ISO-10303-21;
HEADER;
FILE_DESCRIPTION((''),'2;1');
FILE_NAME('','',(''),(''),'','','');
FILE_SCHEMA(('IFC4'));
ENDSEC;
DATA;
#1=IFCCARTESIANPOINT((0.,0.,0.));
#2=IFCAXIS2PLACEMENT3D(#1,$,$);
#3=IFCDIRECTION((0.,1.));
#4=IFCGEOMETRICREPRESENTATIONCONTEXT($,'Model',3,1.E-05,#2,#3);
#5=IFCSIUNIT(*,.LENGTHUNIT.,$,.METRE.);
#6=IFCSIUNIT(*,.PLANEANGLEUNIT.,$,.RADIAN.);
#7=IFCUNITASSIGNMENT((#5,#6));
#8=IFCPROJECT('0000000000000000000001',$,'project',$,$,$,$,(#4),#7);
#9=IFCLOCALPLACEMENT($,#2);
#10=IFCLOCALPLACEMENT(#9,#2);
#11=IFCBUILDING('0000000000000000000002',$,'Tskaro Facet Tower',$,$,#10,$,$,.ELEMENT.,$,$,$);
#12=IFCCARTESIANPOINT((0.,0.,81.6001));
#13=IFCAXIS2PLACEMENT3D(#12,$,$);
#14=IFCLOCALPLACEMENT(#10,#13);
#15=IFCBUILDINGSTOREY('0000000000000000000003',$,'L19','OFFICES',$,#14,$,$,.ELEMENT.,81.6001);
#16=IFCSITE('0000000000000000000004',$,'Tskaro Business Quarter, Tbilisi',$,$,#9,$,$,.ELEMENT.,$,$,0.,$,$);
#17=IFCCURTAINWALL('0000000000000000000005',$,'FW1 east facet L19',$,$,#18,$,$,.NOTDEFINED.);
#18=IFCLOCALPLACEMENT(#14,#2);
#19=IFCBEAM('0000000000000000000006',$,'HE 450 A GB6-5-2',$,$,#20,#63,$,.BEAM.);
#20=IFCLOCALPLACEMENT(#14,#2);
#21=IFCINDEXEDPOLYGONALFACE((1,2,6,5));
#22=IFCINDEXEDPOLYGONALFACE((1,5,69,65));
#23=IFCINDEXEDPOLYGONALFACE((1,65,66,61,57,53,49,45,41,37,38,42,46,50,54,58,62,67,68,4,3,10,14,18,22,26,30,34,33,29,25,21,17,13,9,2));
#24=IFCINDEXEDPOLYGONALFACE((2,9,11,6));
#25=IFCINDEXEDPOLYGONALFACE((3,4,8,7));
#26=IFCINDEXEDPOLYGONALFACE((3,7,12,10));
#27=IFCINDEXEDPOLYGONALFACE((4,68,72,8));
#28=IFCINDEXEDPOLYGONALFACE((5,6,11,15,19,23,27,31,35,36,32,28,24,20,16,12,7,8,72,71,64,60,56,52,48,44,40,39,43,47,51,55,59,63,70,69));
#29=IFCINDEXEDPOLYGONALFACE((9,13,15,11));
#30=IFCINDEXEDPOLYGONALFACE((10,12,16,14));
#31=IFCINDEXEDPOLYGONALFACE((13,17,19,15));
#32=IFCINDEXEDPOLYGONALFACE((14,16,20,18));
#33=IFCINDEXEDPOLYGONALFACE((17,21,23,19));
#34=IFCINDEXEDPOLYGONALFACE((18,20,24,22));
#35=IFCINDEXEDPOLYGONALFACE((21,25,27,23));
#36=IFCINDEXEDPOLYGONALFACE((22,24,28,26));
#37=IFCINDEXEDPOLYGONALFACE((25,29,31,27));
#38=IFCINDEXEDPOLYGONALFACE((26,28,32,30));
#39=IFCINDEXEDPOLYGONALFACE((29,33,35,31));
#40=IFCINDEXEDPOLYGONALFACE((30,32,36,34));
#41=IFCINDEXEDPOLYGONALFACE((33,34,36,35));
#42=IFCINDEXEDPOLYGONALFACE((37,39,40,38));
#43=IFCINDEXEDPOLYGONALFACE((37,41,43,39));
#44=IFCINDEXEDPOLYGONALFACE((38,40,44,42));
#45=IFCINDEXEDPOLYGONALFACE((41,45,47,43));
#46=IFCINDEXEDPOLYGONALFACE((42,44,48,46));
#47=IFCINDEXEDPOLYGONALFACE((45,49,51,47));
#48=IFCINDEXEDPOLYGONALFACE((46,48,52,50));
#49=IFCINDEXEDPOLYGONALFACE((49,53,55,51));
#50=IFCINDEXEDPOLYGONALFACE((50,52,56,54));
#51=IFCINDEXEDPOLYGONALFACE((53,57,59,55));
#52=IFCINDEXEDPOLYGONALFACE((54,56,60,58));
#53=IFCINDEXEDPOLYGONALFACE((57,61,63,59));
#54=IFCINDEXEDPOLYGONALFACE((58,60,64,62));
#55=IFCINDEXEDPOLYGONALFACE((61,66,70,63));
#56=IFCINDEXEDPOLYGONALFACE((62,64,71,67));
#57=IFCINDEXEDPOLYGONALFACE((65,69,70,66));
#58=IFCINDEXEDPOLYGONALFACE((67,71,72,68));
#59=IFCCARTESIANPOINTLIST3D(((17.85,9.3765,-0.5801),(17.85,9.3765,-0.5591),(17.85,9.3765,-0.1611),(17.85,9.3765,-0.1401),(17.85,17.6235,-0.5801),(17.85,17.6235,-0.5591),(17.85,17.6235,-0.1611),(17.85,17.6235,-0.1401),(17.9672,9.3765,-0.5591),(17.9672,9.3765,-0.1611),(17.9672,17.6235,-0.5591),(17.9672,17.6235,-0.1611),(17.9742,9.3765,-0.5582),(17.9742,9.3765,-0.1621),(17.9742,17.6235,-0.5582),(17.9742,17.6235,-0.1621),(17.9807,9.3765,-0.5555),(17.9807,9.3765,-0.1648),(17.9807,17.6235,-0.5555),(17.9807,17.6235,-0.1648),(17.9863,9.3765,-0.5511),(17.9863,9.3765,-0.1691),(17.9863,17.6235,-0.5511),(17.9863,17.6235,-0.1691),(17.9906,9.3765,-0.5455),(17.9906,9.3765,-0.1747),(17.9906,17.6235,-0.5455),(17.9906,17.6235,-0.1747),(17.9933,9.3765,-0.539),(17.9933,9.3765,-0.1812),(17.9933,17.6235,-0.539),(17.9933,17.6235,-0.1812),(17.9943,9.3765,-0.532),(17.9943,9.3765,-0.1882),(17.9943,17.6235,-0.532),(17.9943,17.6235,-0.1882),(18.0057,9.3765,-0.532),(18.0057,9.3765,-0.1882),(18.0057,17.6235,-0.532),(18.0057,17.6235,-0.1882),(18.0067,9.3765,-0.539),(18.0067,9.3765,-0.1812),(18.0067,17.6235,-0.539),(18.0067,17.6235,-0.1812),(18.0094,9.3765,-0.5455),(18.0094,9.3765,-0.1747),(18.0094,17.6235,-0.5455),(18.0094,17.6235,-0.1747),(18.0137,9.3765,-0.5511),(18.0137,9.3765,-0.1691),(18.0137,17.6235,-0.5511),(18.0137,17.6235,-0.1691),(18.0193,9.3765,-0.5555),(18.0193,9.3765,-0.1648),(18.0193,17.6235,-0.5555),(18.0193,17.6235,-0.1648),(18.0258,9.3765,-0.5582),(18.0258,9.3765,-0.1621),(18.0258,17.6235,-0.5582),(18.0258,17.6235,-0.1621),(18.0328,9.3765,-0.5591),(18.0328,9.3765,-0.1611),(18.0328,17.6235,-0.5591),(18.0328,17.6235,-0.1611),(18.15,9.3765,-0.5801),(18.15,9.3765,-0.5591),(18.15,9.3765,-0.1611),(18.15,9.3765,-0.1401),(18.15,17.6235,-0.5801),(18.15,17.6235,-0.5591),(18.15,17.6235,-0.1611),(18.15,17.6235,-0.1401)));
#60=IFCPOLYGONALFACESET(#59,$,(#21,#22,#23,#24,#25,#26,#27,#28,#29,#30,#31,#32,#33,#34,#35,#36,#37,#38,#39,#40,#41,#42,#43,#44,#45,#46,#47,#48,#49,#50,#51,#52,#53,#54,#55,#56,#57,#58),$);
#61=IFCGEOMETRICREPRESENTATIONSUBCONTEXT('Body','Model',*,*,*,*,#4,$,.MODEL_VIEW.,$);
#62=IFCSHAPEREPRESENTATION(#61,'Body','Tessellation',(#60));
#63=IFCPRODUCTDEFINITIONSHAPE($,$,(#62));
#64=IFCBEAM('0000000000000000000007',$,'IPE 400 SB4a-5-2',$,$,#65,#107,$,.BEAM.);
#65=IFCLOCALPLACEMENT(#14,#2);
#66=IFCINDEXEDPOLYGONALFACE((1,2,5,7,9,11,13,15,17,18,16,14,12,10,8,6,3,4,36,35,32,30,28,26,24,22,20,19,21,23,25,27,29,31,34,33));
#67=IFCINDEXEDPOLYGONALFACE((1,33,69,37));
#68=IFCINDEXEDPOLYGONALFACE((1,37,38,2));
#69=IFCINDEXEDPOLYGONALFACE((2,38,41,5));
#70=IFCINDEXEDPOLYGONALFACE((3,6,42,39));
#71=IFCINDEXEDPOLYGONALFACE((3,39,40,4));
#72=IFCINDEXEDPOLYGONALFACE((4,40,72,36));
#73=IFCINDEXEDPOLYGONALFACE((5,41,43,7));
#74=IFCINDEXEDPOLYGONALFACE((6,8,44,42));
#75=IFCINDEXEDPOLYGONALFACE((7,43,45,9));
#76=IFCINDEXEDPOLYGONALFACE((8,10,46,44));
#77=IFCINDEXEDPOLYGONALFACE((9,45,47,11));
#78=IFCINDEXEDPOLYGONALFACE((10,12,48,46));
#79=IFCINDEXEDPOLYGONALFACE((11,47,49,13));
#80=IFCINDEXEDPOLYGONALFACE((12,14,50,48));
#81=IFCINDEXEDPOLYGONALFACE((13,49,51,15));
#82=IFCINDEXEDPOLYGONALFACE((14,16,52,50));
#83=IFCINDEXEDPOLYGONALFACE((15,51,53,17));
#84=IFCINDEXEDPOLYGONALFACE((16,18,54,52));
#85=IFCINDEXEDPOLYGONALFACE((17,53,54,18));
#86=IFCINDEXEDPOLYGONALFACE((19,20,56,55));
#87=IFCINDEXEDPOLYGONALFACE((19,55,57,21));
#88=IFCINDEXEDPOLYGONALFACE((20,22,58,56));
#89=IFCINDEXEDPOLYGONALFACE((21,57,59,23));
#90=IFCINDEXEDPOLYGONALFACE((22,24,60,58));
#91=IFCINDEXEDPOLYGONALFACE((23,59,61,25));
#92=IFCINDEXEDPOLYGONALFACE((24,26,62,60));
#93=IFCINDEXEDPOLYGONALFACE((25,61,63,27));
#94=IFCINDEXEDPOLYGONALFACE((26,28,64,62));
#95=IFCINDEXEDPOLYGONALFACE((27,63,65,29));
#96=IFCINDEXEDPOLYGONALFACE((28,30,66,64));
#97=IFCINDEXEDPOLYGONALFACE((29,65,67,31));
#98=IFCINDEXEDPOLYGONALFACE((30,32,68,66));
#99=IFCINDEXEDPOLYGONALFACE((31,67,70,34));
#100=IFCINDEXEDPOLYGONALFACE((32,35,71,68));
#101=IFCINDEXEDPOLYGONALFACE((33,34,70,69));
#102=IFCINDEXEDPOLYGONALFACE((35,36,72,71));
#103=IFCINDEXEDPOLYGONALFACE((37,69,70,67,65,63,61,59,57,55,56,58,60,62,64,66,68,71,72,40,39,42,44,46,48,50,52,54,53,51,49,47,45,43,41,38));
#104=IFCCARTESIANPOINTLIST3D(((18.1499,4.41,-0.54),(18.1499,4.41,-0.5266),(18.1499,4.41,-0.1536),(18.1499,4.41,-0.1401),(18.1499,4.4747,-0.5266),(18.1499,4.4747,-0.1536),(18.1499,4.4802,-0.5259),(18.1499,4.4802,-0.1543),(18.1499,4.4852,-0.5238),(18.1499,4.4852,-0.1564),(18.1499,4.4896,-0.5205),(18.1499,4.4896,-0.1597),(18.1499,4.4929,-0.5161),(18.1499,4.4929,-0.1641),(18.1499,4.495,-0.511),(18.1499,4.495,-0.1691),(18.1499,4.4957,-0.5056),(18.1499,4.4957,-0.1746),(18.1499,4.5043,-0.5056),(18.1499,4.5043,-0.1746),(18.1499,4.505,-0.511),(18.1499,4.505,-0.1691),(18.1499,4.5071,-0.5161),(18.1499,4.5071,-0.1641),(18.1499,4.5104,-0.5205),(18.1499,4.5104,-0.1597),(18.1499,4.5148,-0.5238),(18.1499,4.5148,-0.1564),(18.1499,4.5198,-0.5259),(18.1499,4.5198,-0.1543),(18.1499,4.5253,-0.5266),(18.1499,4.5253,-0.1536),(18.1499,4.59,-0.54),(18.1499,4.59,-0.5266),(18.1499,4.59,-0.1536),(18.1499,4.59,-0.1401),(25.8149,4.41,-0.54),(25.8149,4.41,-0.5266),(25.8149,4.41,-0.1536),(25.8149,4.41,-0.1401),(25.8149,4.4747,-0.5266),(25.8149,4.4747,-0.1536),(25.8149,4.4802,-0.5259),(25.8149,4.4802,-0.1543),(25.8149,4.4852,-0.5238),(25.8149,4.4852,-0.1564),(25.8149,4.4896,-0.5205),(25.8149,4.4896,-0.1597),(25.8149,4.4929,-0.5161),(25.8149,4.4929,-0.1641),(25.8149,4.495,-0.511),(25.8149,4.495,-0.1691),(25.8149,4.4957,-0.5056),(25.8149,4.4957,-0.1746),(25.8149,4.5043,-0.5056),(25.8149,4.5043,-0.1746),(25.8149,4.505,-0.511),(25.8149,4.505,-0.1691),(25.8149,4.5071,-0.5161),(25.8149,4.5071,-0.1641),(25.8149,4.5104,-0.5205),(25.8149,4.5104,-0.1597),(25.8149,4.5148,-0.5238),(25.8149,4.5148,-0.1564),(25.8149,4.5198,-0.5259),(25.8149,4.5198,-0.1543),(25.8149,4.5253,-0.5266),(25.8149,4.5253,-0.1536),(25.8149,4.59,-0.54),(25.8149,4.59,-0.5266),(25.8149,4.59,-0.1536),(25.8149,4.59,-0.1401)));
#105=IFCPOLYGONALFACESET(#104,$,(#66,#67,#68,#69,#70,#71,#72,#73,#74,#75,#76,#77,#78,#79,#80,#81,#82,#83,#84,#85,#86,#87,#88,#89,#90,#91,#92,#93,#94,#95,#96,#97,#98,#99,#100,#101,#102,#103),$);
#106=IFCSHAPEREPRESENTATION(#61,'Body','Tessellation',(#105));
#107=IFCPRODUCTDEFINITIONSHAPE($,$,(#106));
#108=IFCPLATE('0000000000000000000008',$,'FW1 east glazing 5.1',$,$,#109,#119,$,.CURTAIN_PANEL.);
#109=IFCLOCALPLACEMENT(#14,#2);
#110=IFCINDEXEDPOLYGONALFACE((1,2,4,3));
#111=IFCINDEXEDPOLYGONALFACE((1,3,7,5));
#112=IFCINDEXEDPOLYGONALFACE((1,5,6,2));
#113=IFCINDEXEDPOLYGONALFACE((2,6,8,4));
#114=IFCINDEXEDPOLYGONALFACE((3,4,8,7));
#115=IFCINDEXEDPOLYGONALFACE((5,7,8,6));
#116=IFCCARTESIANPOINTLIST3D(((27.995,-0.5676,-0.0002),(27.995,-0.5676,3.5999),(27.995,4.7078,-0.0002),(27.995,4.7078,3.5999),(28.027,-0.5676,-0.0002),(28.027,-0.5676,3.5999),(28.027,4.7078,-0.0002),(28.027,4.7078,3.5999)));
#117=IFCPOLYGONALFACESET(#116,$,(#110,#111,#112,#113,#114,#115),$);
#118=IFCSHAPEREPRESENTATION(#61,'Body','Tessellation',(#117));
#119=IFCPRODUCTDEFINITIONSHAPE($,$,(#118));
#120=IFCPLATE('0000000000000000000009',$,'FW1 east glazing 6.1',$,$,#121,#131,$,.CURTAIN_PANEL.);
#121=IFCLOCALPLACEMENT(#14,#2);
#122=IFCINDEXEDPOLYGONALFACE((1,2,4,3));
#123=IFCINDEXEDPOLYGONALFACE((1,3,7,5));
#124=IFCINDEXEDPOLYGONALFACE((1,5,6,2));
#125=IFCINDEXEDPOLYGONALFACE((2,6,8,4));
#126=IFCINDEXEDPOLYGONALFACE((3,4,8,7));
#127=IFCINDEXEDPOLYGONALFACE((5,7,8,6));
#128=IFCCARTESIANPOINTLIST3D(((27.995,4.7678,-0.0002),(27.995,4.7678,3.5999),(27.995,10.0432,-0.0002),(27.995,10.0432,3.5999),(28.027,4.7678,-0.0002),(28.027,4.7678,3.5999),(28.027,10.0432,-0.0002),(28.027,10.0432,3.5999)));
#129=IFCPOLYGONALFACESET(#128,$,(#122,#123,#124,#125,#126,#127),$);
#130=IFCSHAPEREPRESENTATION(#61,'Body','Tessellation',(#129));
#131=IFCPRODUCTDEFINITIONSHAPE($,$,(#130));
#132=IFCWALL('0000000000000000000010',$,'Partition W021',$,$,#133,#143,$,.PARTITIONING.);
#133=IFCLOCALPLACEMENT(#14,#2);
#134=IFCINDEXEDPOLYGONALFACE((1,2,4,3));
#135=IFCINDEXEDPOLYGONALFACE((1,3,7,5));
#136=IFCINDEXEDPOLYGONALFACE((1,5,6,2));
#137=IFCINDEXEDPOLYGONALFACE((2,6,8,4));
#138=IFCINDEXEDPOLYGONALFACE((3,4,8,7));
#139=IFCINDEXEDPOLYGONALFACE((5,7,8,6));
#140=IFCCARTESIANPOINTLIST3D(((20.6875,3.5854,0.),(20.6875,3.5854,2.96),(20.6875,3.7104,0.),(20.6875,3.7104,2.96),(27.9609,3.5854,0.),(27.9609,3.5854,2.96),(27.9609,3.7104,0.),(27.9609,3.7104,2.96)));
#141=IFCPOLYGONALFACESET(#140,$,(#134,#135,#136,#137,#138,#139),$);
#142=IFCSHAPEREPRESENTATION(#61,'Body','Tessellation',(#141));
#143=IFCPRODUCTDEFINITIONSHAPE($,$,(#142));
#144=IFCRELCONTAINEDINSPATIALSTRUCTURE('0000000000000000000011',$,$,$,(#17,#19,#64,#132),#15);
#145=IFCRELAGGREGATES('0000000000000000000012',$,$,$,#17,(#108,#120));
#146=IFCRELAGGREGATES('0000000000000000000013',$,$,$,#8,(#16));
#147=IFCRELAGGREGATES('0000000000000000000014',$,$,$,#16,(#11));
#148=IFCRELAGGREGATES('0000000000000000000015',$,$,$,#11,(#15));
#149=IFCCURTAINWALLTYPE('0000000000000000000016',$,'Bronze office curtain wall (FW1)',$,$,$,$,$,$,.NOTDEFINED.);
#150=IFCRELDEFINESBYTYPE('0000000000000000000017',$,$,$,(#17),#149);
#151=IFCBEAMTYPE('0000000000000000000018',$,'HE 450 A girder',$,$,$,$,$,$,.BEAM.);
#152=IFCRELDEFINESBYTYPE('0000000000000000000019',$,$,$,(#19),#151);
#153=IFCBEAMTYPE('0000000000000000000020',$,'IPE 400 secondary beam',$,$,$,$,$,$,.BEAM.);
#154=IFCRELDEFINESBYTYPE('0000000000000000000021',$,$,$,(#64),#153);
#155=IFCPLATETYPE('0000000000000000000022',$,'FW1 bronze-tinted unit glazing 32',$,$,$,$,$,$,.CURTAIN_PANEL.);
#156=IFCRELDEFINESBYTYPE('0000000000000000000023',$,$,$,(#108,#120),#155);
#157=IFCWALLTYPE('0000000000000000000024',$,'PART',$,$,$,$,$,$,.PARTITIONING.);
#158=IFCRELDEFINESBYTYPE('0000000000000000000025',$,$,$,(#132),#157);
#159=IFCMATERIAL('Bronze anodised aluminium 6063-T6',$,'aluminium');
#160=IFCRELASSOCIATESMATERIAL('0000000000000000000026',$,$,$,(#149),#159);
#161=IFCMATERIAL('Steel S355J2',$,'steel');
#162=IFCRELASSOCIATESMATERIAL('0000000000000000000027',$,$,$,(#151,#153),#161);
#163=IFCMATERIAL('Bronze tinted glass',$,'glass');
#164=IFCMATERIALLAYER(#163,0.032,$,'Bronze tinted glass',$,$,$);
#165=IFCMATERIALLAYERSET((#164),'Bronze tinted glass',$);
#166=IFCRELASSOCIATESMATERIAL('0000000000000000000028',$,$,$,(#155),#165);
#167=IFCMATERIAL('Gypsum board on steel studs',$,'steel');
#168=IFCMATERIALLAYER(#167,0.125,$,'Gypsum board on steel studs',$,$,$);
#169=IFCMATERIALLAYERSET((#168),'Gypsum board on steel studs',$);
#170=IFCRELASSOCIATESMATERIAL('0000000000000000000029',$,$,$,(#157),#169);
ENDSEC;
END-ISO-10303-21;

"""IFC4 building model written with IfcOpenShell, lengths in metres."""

from ifc_helpers import new_model, si_unit, direction, frame, frame_2d, origin, origin_2d, place, context, subcontext, project, spatial, rectangle, i_section, extrude, material, layer, layer_set, material_profile, profile_set, type_object, element, aggregate, save


model = new_model("IFC4")

# Units and contexts
model_context = context("Model", 3, precision=1e-05, world=origin(), true_north=direction((0.0, 1.0)))
body_context = subcontext(model_context, "Body", "Model", "MODEL_VIEW")
ifc_project = project(units=[si_unit("LENGTHUNIT", "METRE"), si_unit("PLANEANGLEUNIT", "RADIAN")], contexts=[model_context])

# Site, building, storey
site_placement = place(None, origin())
site = spatial("IfcSite", under=ifc_project, at=site_placement, Name="Tskaro Business Quarter, Tbilisi", CompositionType="ELEMENT", RefElevation=0.0)
building_placement = place(site_placement, origin())
building = spatial("IfcBuilding", under=site, at=building_placement, Name="Tskaro Facet Tower", CompositionType="ELEMENT")
storey_placement = place(building_placement, frame((0.0, 0.0, 81.6001)))
storey = spatial("IfcBuildingStorey", under=building, at=storey_placement, Name="L19", Description="OFFICES", CompositionType="ELEMENT", Elevation=81.6001)

# Curtain wall
ifc_material_1 = material(Name="Bronze anodised aluminium 6063-T6", Category="aluminium")
curtain_wall_type = type_object("IfcCurtainWallType", Name="Bronze office curtain wall (FW1)", PredefinedType="NOTDEFINED", material=ifc_material_1)
curtain_wall_placement = place(storey_placement, origin())
curtain_wall = element("IfcCurtainWall", 1, at=curtain_wall_placement, inside=storey, type_object=curtain_wall_type, Name="FW1 east facet L19", PredefinedType="NOTDEFINED")

# Beams
ifc_material_2 = material(Name="Steel S355J2", Category="steel")
ifc_material_profile_1 = material_profile(ifc_material_2, i_section(OverallWidth=0.3, OverallDepth=0.4399, WebThickness=0.0115, FlangeThickness=0.021, FilletRadius=0.0271, at=origin_2d()), Name="HE 450 A")
ifc_profile_set_1 = profile_set([ifc_material_profile_1], Name="Steel S355J2")
beam_type_1 = type_object("IfcBeamType", Name="HE 450 A girder", PredefinedType="BEAM", material=ifc_profile_set_1)
for number, where, z_axis, x_axis, name in (
    (2, (18.0, 9.3765, -0.3601), (0.0, 1.0, 0.0), (-1.0, 0.0, 0.0), "HE 450 A GB6-5-2"),
):
    element("IfcBeam", number, at=place(storey_placement, frame(where, z_axis=z_axis, x_axis=x_axis)), inside=storey, type_object=beam_type_1, Name=name, PredefinedType="BEAM", context=body_context, shape_type="SweptSolid", body=[
        extrude(i_section(OverallWidth=0.3, OverallDepth=0.4399, WebThickness=0.0115, FlangeThickness=0.021, FilletRadius=0.0271, at=origin_2d()), origin(), (0.0, 0.0, 1.0), 8.2471),
    ])
ifc_material_profile_2 = material_profile(ifc_material_2, i_section(OverallWidth=0.1799, OverallDepth=0.3999, WebThickness=0.0085, FlangeThickness=0.0134, FilletRadius=0.021, at=origin_2d()), Name="IPE 400")
ifc_profile_set_2 = profile_set([ifc_material_profile_2], Name="Steel S355J2")
beam_type_2 = type_object("IfcBeamType", Name="IPE 400 secondary beam", PredefinedType="BEAM", material=ifc_profile_set_2)
beam_placement = place(storey_placement, frame((18.1499, 4.5, -0.3401), z_axis=(1.0, 0.0, 0.0), x_axis=(0.0, 1.0, 0.0)))
element("IfcBeam", 3, at=beam_placement, inside=storey, type_object=beam_type_2, Name="IPE 400 SB4a-5-2", PredefinedType="BEAM", context=body_context, shape_type="SweptSolid", body=[
    extrude(i_section(OverallWidth=0.1799, OverallDepth=0.3999, WebThickness=0.0085, FlangeThickness=0.0134, FilletRadius=0.021, at=origin_2d()), origin(), (0.0, 0.0, 1.0), 7.665),
])

# Plates
ifc_material_3 = material(Name="Bronze tinted glass", Category="glass")
ifc_layer_1 = layer(ifc_material_3, 0.032, Name="Bronze tinted glass")
ifc_layer_set_1 = layer_set([ifc_layer_1], Name="Bronze tinted glass")
plate_type = type_object("IfcPlateType", Name="FW1 bronze-tinted unit glazing 32", PredefinedType="CURTAIN_PANEL", material=ifc_layer_set_1)
plate_1_placement = place(storey_placement, frame((28.011, 2.0701, -0.0002), z_axis=(0.0, 0.0, 1.0), x_axis=(0.0, 1.0, 0.0)))
plate_1 = element("IfcPlate", 4, at=plate_1_placement, type_object=plate_type, Name="FW1 east glazing 5.1", PredefinedType="CURTAIN_PANEL", context=body_context, shape_type="SweptSolid", body=[
    extrude(rectangle(XDim=5.2754, YDim=0.032, at=origin_2d()), origin(), (0.0, 0.0, 1.0), 3.6001),
])
plate_2_placement = place(storey_placement, frame((28.011, 7.4055, -0.0002), z_axis=(0.0, 0.0, 1.0), x_axis=(0.0, 1.0, 0.0)))
plate_2 = element("IfcPlate", 5, at=plate_2_placement, type_object=plate_type, Name="FW1 east glazing 6.1", PredefinedType="CURTAIN_PANEL", context=body_context, shape_type="SweptSolid", body=[
    extrude(rectangle(XDim=5.2754, YDim=0.032, at=origin_2d()), origin(), (0.0, 0.0, 1.0), 3.6001),
])
aggregate(curtain_wall, [plate_1, plate_2])

# Wall
ifc_material_4 = material(Name="Gypsum board on steel studs", Category="steel")
ifc_layer_2 = layer(ifc_material_4, 0.125, Name="Gypsum board on steel studs")
ifc_layer_set_2 = layer_set([ifc_layer_2], Name="Gypsum board on steel studs")
wall_type = type_object("IfcWallType", Name="PART", PredefinedType="PARTITIONING", material=ifc_layer_set_2)
wall_1_placement = place(storey_placement, frame((20.6875, 3.6479, 0.0), z_axis=(0.0, 0.0, 1.0), x_axis=(1.0, 0.0, 0.0)))
element("IfcWall", 6, at=wall_1_placement, inside=storey, type_object=wall_type, Name="Partition W021", PredefinedType="PARTITIONING", context=body_context, shape_type="SweptSolid", body=[
    extrude(rectangle(XDim=7.2734, YDim=0.125, at=frame_2d((3.6367, 0.0))), origin(), (0.0, 0.0, 1.0), 2.96),
])

save(model, "model.ifc")
